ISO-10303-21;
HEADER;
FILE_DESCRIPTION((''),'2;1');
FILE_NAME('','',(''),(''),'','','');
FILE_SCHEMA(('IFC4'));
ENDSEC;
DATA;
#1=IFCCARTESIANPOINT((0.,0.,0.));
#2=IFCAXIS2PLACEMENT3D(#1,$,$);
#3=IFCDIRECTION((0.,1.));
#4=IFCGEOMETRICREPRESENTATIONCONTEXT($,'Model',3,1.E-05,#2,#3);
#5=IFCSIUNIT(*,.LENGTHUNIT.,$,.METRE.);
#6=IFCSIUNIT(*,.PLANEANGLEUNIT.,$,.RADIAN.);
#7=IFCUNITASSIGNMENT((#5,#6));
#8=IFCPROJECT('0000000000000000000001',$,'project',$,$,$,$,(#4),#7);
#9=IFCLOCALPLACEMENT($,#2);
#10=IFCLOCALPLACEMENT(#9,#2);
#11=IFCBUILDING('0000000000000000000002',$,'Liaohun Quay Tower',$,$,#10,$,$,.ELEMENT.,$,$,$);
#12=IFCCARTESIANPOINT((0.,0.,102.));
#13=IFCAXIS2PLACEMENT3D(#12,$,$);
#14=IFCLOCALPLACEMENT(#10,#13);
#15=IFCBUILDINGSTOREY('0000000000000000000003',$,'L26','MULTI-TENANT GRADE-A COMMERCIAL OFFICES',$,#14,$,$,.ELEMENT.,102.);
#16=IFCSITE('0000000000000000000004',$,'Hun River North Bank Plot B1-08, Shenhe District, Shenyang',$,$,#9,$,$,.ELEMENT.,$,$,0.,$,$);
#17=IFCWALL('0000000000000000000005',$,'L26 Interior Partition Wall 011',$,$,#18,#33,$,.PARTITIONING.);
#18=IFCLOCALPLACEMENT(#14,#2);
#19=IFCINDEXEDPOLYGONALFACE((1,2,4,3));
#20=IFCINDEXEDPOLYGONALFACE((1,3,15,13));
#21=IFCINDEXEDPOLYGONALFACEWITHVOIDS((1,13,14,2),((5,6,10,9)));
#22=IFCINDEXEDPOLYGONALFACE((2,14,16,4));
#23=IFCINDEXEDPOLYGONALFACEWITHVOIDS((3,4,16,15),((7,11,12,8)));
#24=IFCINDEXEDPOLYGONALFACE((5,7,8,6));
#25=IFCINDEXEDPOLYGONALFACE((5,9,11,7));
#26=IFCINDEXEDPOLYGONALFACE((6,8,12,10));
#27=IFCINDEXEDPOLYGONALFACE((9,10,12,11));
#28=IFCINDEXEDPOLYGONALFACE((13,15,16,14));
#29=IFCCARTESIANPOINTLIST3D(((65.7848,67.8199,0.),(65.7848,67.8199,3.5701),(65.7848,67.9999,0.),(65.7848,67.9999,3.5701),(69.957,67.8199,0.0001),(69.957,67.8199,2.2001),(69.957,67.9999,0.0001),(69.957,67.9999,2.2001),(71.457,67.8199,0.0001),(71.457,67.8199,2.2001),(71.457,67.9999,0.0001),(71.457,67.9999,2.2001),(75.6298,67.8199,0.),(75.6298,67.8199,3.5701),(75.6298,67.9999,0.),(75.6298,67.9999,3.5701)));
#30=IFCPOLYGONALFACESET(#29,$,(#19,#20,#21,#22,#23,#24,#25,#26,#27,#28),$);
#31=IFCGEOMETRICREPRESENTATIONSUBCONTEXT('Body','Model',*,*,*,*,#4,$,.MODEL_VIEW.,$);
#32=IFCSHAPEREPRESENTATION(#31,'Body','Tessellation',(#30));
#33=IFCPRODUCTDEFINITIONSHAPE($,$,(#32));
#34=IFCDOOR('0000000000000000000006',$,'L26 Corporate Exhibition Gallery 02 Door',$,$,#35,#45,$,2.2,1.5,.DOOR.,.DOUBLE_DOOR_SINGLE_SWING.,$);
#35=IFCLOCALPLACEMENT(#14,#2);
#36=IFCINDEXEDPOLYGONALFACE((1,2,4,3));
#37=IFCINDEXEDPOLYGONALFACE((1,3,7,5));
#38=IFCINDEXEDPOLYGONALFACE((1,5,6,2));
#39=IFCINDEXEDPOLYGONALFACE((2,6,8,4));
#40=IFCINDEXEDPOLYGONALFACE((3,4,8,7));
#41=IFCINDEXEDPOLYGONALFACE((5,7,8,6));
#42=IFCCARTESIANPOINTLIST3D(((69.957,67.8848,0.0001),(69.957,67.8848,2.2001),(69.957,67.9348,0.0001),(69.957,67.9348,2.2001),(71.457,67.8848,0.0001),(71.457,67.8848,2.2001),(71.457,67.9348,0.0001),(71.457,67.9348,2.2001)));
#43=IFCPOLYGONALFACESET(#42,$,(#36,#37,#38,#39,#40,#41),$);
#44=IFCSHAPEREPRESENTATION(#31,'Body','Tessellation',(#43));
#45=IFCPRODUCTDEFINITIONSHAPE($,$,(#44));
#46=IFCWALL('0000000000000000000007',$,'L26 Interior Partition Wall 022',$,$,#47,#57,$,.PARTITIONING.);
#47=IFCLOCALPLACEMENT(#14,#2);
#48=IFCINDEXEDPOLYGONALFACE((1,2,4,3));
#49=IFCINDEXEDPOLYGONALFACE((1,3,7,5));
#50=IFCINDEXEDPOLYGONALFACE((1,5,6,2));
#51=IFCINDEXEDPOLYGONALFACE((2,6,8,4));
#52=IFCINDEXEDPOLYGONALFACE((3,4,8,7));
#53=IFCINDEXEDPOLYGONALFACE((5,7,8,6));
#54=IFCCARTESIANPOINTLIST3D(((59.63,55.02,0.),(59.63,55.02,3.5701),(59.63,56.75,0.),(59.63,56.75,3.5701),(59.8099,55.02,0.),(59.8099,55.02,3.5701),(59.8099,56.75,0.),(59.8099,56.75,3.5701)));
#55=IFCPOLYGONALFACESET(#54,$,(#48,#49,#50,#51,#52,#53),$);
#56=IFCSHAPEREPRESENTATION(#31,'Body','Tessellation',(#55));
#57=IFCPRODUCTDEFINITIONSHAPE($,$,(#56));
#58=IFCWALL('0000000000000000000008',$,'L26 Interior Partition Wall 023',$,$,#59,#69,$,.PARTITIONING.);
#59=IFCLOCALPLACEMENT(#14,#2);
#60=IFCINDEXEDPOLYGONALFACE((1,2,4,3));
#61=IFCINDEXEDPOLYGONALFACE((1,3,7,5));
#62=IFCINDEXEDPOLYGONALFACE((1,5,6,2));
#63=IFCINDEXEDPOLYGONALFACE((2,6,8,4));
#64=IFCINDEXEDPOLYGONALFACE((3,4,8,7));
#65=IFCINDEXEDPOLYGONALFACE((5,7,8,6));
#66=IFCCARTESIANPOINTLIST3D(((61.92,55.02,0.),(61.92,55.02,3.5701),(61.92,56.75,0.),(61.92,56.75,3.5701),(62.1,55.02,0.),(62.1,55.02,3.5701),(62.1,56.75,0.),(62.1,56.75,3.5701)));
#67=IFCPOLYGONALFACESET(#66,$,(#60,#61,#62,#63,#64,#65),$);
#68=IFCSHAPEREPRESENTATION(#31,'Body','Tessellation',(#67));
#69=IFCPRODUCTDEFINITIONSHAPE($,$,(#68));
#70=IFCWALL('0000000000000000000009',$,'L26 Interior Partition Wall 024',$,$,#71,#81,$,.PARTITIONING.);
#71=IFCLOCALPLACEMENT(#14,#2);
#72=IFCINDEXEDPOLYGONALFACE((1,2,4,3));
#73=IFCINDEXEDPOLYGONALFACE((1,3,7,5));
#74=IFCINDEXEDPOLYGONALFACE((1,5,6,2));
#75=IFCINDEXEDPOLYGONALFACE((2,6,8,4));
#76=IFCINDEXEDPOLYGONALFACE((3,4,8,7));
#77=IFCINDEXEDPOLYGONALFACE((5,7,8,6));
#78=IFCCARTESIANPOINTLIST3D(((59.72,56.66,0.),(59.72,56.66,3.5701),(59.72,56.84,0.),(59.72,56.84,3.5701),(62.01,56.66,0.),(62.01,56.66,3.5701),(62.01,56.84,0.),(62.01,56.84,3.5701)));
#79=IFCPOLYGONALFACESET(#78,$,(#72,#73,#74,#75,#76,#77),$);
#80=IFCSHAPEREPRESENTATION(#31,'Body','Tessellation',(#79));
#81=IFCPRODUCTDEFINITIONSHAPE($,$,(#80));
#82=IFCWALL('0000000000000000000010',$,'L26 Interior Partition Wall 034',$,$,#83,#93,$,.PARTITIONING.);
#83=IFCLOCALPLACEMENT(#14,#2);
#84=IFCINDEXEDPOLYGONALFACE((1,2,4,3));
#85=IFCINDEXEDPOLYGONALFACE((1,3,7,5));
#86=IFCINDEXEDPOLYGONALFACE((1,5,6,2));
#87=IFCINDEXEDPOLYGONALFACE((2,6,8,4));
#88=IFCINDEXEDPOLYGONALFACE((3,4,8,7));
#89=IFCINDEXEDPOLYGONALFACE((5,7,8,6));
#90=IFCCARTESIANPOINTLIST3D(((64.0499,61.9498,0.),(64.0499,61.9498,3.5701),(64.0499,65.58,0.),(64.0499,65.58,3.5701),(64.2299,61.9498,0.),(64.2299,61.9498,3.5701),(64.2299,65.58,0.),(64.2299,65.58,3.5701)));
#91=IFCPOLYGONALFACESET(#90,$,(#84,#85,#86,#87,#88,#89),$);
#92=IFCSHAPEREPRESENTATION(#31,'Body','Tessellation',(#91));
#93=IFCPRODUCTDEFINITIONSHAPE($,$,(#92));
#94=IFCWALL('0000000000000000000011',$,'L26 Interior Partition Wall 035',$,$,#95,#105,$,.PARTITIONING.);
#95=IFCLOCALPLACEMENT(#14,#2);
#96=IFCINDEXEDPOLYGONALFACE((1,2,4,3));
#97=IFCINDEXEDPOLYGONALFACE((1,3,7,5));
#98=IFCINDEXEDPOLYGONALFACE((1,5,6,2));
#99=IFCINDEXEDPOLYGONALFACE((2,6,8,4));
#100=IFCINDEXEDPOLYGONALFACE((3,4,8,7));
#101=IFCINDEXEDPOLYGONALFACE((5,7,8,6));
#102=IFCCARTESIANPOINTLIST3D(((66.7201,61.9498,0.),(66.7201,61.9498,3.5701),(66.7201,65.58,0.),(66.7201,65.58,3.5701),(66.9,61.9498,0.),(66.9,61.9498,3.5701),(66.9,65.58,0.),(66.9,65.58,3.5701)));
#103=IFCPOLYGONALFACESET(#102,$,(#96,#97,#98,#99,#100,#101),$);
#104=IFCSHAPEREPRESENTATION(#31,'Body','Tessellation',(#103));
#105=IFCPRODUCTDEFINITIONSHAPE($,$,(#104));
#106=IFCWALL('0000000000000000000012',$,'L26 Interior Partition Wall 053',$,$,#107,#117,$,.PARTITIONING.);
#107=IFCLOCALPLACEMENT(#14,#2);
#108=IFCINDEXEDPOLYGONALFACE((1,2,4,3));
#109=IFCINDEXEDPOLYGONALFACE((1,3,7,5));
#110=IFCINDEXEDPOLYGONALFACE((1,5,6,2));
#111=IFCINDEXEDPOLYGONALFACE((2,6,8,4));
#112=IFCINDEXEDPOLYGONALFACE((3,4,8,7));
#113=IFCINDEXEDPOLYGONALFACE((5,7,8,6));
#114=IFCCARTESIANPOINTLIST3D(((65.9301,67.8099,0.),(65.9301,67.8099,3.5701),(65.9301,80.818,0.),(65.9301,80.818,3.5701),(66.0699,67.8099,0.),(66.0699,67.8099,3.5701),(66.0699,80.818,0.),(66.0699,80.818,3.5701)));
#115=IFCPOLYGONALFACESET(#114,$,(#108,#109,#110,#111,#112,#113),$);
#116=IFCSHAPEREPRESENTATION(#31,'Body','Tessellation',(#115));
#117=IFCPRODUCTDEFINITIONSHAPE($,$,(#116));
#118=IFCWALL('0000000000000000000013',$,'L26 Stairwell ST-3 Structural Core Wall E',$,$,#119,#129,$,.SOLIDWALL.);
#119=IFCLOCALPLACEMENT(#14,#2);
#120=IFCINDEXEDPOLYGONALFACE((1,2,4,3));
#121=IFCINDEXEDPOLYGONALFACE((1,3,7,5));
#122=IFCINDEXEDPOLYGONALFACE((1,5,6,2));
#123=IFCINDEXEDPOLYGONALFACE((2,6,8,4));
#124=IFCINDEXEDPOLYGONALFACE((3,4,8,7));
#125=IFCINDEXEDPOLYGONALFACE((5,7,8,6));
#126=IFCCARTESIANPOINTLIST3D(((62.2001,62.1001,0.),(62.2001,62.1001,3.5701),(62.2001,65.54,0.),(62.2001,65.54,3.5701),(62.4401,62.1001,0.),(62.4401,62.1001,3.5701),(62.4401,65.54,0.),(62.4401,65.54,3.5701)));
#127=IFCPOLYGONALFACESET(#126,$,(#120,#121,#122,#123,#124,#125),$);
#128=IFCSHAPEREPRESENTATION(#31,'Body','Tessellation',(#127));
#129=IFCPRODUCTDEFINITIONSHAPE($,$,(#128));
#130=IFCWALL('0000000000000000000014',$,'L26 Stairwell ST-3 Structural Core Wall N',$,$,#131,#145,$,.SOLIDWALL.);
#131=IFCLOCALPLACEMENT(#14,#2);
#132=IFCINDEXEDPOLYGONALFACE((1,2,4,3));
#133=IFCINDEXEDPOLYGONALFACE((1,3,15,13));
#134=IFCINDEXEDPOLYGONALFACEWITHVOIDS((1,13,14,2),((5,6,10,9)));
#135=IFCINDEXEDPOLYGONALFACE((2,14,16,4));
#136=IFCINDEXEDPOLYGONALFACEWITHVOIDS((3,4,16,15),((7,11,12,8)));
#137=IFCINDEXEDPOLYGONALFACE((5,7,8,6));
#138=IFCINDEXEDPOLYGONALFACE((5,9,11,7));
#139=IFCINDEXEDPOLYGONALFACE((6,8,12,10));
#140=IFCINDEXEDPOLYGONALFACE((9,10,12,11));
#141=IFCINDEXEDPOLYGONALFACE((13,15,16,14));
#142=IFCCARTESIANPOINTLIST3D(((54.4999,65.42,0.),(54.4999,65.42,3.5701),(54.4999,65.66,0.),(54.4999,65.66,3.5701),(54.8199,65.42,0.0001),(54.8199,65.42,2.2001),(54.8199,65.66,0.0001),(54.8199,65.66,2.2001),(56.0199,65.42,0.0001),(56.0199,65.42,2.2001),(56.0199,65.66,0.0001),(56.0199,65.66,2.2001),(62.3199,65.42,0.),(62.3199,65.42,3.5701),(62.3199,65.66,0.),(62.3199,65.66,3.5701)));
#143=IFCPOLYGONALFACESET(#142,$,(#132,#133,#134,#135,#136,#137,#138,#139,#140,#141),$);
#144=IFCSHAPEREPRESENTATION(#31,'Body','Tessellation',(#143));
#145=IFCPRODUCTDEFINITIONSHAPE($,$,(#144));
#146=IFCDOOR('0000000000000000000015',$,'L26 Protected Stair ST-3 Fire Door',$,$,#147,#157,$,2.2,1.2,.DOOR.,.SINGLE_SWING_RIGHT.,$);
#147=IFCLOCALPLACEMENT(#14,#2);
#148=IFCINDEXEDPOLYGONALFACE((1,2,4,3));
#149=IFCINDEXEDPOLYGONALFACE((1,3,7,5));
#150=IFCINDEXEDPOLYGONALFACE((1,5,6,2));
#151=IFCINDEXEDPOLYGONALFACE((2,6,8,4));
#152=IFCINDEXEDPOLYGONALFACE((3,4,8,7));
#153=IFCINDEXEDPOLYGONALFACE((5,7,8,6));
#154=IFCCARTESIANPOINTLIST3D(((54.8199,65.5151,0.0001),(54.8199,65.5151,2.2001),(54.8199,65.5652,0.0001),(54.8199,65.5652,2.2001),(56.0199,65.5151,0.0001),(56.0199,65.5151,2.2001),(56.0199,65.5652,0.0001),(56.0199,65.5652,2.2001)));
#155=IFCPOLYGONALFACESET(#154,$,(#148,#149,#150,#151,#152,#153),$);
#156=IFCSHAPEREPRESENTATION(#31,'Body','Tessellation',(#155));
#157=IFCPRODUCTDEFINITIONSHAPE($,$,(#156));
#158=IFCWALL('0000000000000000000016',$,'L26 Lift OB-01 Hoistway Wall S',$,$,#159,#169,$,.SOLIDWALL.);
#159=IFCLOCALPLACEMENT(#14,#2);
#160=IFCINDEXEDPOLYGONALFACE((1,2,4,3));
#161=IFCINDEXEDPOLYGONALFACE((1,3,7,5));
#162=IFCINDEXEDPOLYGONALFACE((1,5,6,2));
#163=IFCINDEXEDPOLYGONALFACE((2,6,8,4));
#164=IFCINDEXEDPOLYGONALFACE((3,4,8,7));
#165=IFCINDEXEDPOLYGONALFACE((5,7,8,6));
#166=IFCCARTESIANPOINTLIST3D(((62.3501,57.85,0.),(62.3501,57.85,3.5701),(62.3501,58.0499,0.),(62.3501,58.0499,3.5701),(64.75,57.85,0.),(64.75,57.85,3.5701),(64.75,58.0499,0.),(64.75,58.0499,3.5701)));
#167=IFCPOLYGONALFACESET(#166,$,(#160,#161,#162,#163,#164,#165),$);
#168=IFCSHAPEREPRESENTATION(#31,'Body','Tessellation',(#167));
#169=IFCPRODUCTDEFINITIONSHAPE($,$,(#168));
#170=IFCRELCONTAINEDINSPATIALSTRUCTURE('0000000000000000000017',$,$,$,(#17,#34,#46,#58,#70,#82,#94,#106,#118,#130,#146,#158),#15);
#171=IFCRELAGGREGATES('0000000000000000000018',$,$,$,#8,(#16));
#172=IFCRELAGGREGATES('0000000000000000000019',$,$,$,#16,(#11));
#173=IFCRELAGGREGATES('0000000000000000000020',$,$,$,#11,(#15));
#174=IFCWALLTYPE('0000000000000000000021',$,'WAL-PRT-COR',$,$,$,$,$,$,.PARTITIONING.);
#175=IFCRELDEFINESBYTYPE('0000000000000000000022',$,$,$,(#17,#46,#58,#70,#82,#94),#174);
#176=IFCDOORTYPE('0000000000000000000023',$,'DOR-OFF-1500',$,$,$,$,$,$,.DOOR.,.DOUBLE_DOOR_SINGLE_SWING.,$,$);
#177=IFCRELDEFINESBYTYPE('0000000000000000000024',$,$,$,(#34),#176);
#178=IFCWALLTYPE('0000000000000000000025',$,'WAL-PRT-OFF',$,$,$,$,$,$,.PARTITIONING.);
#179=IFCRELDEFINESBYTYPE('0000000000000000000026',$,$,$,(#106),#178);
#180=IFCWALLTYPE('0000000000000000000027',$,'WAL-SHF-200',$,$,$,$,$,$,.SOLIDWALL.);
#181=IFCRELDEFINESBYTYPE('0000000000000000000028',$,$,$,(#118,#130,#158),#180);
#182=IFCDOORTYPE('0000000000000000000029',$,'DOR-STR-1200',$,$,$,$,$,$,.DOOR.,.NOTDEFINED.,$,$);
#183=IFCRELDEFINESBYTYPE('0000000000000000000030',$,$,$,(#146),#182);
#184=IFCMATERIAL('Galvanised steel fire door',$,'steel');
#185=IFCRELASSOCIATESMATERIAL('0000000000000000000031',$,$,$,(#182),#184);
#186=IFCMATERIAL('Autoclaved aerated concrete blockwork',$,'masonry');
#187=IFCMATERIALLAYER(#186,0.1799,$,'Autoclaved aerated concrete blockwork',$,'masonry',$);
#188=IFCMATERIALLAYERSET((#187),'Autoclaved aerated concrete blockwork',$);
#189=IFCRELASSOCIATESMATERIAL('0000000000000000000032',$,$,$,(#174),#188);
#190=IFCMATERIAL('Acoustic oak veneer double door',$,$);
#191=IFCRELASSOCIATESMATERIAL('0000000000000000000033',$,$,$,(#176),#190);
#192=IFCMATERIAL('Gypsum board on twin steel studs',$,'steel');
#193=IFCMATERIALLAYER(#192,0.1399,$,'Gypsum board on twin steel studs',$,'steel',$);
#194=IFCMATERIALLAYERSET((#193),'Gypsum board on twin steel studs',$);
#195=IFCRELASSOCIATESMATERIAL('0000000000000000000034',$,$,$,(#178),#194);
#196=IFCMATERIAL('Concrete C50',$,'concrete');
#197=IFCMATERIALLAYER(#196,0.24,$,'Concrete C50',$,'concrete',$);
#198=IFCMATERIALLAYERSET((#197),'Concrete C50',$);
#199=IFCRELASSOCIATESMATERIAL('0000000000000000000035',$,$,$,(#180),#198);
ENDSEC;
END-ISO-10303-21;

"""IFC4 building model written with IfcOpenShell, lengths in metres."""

from ifc_helpers import new_model, si_unit, direction, frame, frame_2d, origin, place, context, subcontext, project, spatial, rectangle, extrude, source, transform, mapped, material, layer, layer_set, type_object, element, fill, save


model = new_model("IFC4")

# Units and contexts
model_context = context("Model", 3, precision=1e-05, world=origin(), true_north=direction((0.0, 1.0)))
body_context = subcontext(model_context, "Body", "Model", "MODEL_VIEW")
ifc_project = project(units=[si_unit("LENGTHUNIT", "METRE"), si_unit("PLANEANGLEUNIT", "RADIAN")], contexts=[model_context])

# Site, building, storey
site_placement = place(None, origin())
site = spatial("IfcSite", under=ifc_project, at=site_placement, Name="Hun River North Bank Plot B1-08, Shenhe District, Shenyang", CompositionType="ELEMENT", RefElevation=0.0)
building_placement = place(site_placement, origin())
building = spatial("IfcBuilding", under=site, at=building_placement, Name="Liaohun Quay Tower", CompositionType="ELEMENT")
storey_placement = place(building_placement, frame((0.0, 0.0, 102.0)))
storey = spatial("IfcBuildingStorey", under=building, at=storey_placement, Name="L26", Description="MULTI-TENANT GRADE-A COMMERCIAL OFFICES", CompositionType="ELEMENT", Elevation=102.0)

# Wall, opening, door
ifc_material_1 = material(Name="Galvanised steel fire door", Category="steel")
door_type_1 = type_object("IfcDoorType", Name="DOR-STR-1200", OperationType="NOTDEFINED", PredefinedType="DOOR", material=ifc_material_1)
shared_shape_1 = source(origin(), body_context, "Body", "SweptSolid", [
    extrude(rectangle(XDim=1.2, YDim=2.2, at=frame_2d((0.6001, 1.1001))), frame((0.0, 0.0249, 0.0), z_axis=(0.0, -1.0, 0.0), x_axis=(1.0, 0.0, 0.0)), (0.0, 0.0, 1.0), 0.05),
])
ifc_material_2 = material(Name="Autoclaved aerated concrete blockwork", Category="masonry")
ifc_layer_1 = layer(ifc_material_2, 0.1799, Name="Autoclaved aerated concrete blockwork", Category="masonry")
ifc_layer_set_1 = layer_set([ifc_layer_1], Name="Autoclaved aerated concrete blockwork")
wall_type_1 = type_object("IfcWallType", Name="WAL-PRT-COR", PredefinedType="PARTITIONING", material=ifc_layer_set_1)
wall_1_placement = place(storey_placement, frame((65.7849, 67.9099, 0.0), z_axis=(0.0, 0.0, 1.0), x_axis=(1.0, 0.0, 0.0)))
wall_1 = element("IfcWall", 1, at=wall_1_placement, inside=storey, type_object=wall_type_1, Name="L26 Interior Partition Wall 011", PredefinedType="PARTITIONING", context=body_context, shape_type="SweptSolid", body=[
    extrude(rectangle(XDim=9.845, YDim=0.1799, at=frame_2d((4.9224, 0.0))), origin(), (0.0, 0.0, 1.0), 3.5701),
])
shared_shape_2 = source(origin(), body_context, "Body", "SweptSolid", [
    extrude(rectangle(XDim=1.5, YDim=2.2, at=frame_2d((0.75, 1.1001))), frame((0.0, 0.0999, 0.0), z_axis=(0.0, -1.0, 0.0), x_axis=(1.0, 0.0, 0.0)), (0.0, 0.0, 1.0), 0.2),
])
opening_1_placement = place(wall_1_placement, frame((4.1721, 0.0, 0.0)))
opening_1 = element("IfcOpeningElement", 2, at=opening_1_placement, cuts=wall_1, PredefinedType="OPENING", context=body_context, shape_type="MappedRepresentation", body=[
    mapped(shared_shape_2, transform((0.0, 0.0, 0.0), x_axis=(1.0, 0.0, 0.0), y_axis=(0.0, 1.0, 0.0), z_axis=(0.0, 0.0, 1.0), scale=1.0)),
])
ifc_material_3 = material(Name="Acoustic oak veneer double door")
door_type_2 = type_object("IfcDoorType", Name="DOR-OFF-1500", OperationType="DOUBLE_DOOR_SINGLE_SWING", PredefinedType="DOOR", material=ifc_material_3)
shared_shape_3 = source(origin(), body_context, "Body", "SweptSolid", [
    extrude(rectangle(XDim=1.5, YDim=2.2, at=frame_2d((0.75, 1.1001))), frame((0.0, 0.0249, 0.0), z_axis=(0.0, -1.0, 0.0), x_axis=(1.0, 0.0, 0.0)), (0.0, 0.0, 1.0), 0.05),
])
door_1_placement = place(opening_1_placement, origin())
door_1 = element("IfcDoor", 3, at=door_1_placement, inside=storey, type_object=door_type_2, Name="L26 Corporate Exhibition Gallery 02 Door", OperationType="DOUBLE_DOOR_SINGLE_SWING", OverallHeight=2.2, OverallWidth=1.5, PredefinedType="DOOR", context=body_context, shape_type="MappedRepresentation", body=[
    mapped(shared_shape_3, transform((0.0, 0.0, 0.0), x_axis=(1.0, 0.0, 0.0), y_axis=(0.0, 1.0, 0.0), z_axis=(0.0, 0.0, 1.0), scale=1.0)),
])
fill(opening_1, door_1)

# Walls
for number, where, z_axis, x_axis, name in (
    (4, (59.72, 55.02, 0.0), (0.0, 0.0, 1.0), (0.0, 1.0, 0.0), "L26 Interior Partition Wall 022"),
    (5, (62.01, 55.02, 0.0), (0.0, 0.0, 1.0), (0.0, 1.0, 0.0), "L26 Interior Partition Wall 023"),
):
    element("IfcWall", number, at=place(storey_placement, frame(where, z_axis=z_axis, x_axis=x_axis)), inside=storey, type_object=wall_type_1, Name=name, PredefinedType="PARTITIONING", context=body_context, shape_type="SweptSolid", body=[
        extrude(rectangle(XDim=1.73, YDim=0.1799, at=frame_2d((0.865, 0.0))), origin(), (0.0, 0.0, 1.0), 3.5701),
    ])
wall_2_placement = place(storey_placement, frame((59.72, 56.75, 0.0), z_axis=(0.0, 0.0, 1.0), x_axis=(1.0, 0.0, 0.0)))
element("IfcWall", 6, at=wall_2_placement, inside=storey, type_object=wall_type_1, Name="L26 Interior Partition Wall 024", PredefinedType="PARTITIONING", context=body_context, shape_type="SweptSolid", body=[
    extrude(rectangle(XDim=2.29, YDim=0.1799, at=frame_2d((1.145, 0.0))), origin(), (0.0, 0.0, 1.0), 3.5701),
])
for number, where, z_axis, x_axis, name in (
    (7, (64.1399, 61.95, 0.0), (0.0, 0.0, 1.0), (0.0, 1.0, 0.0), "L26 Interior Partition Wall 034"),
    (8, (66.8101, 61.95, 0.0), (0.0, 0.0, 1.0), (0.0, 1.0, 0.0), "L26 Interior Partition Wall 035"),
):
    element("IfcWall", number, at=place(storey_placement, frame(where, z_axis=z_axis, x_axis=x_axis)), inside=storey, type_object=wall_type_1, Name=name, PredefinedType="PARTITIONING", context=body_context, shape_type="SweptSolid", body=[
        extrude(rectangle(XDim=3.6301, YDim=0.1799, at=frame_2d((1.8149, 0.0))), origin(), (0.0, 0.0, 1.0), 3.5701),
    ])
ifc_material_4 = material(Name="Gypsum board on twin steel studs", Category="steel")
ifc_layer_2 = layer(ifc_material_4, 0.1399, Name="Gypsum board on twin steel studs", Category="steel")
ifc_layer_set_2 = layer_set([ifc_layer_2], Name="Gypsum board on twin steel studs")
wall_type_2 = type_object("IfcWallType", Name="WAL-PRT-OFF", PredefinedType="PARTITIONING", material=ifc_layer_set_2)
wall_3_placement = place(storey_placement, frame((66.0, 67.8101, 0.0), z_axis=(0.0, 0.0, 1.0), x_axis=(0.0, 1.0, 0.0)))
element("IfcWall", 9, at=wall_3_placement, inside=storey, type_object=wall_type_2, Name="L26 Interior Partition Wall 053", PredefinedType="PARTITIONING", context=body_context, shape_type="SweptSolid", body=[
    extrude(rectangle(XDim=13.0081, YDim=0.1399, at=frame_2d((6.5039, 0.0))), origin(), (0.0, 0.0, 1.0), 3.5701),
])
ifc_material_5 = material(Name="Concrete C50", Category="concrete")
ifc_layer_3 = layer(ifc_material_5, 0.24, Name="Concrete C50", Category="concrete")
ifc_layer_set_3 = layer_set([ifc_layer_3], Name="Concrete C50")
wall_type_3 = type_object("IfcWallType", Name="WAL-SHF-200", PredefinedType="SOLIDWALL", material=ifc_layer_set_3)
wall_4_placement = place(storey_placement, frame((62.3201, 62.1001, 0.0), z_axis=(0.0, 0.0, 1.0), x_axis=(0.0, 1.0, 0.0)))
element("IfcWall", 10, at=wall_4_placement, inside=storey, type_object=wall_type_3, Name="L26 Stairwell ST-3 Structural Core Wall E", PredefinedType="SOLIDWALL", context=body_context, shape_type="SweptSolid", body=[
    extrude(rectangle(XDim=3.4399, YDim=0.24, at=frame_2d((1.72, 0.0))), origin(), (0.0, 0.0, 1.0), 3.5701),
])

# Wall, opening, door
wall_5_placement = place(storey_placement, frame((62.3201, 65.54, 0.0), z_axis=(0.0, 0.0, 1.0), x_axis=(-1.0, 0.0, 0.0)))
wall_5 = element("IfcWall", 11, at=wall_5_placement, inside=storey, type_object=wall_type_3, Name="L26 Stairwell ST-3 Structural Core Wall N", PredefinedType="SOLIDWALL", context=body_context, shape_type="SweptSolid", body=[
    extrude(rectangle(XDim=7.8201, YDim=0.24, at=frame_2d((3.9102, 0.0))), origin(), (0.0, 0.0, 1.0), 3.5701),
])
shared_shape_4 = source(origin(), body_context, "Body", "SweptSolid", [
    extrude(rectangle(XDim=1.2, YDim=2.2, at=frame_2d((0.6001, 1.1001))), frame((0.0, 0.1299, 0.0), z_axis=(0.0, -1.0, 0.0), x_axis=(1.0, 0.0, 0.0)), (0.0, 0.0, 1.0), 0.26),
])
opening_2_placement = place(wall_5_placement, frame((6.3, 0.0, 0.0)))
opening_2 = element("IfcOpeningElement", 12, at=opening_2_placement, cuts=wall_5, PredefinedType="OPENING", context=body_context, shape_type="MappedRepresentation", body=[
    mapped(shared_shape_4, transform((0.0, 0.0, 0.0), x_axis=(1.0, 0.0, 0.0), y_axis=(0.0, 1.0, 0.0), z_axis=(0.0, 0.0, 1.0), scale=1.0)),
])
door_2_placement = place(opening_2_placement, origin())
door_2 = element("IfcDoor", 13, at=door_2_placement, inside=storey, type_object=door_type_1, Name="L26 Protected Stair ST-3 Fire Door", OperationType="SINGLE_SWING_RIGHT", OverallHeight=2.2, OverallWidth=1.2, PredefinedType="DOOR", context=body_context, shape_type="MappedRepresentation", body=[
    mapped(shared_shape_1, transform((0.0, 0.0, 0.0), x_axis=(1.0, 0.0, 0.0), y_axis=(0.0, 1.0, 0.0), z_axis=(0.0, 0.0, 1.0), scale=1.0)),
])
fill(opening_2, door_2)

# Wall
wall_6_placement = place(storey_placement, frame((62.3501, 57.95, 0.0), z_axis=(0.0, 0.0, 1.0), x_axis=(1.0, 0.0, 0.0)))
element("IfcWall", 14, at=wall_6_placement, inside=storey, type_object=wall_type_3, Name="L26 Lift OB-01 Hoistway Wall S", PredefinedType="SOLIDWALL", context=body_context, shape_type="SweptSolid", body=[
    extrude(rectangle(XDim=2.3999, YDim=0.2, at=frame_2d((1.2, 0.0))), origin(), (0.0, 0.0, 1.0), 3.5701),
])

save(model, "model.ifc")
